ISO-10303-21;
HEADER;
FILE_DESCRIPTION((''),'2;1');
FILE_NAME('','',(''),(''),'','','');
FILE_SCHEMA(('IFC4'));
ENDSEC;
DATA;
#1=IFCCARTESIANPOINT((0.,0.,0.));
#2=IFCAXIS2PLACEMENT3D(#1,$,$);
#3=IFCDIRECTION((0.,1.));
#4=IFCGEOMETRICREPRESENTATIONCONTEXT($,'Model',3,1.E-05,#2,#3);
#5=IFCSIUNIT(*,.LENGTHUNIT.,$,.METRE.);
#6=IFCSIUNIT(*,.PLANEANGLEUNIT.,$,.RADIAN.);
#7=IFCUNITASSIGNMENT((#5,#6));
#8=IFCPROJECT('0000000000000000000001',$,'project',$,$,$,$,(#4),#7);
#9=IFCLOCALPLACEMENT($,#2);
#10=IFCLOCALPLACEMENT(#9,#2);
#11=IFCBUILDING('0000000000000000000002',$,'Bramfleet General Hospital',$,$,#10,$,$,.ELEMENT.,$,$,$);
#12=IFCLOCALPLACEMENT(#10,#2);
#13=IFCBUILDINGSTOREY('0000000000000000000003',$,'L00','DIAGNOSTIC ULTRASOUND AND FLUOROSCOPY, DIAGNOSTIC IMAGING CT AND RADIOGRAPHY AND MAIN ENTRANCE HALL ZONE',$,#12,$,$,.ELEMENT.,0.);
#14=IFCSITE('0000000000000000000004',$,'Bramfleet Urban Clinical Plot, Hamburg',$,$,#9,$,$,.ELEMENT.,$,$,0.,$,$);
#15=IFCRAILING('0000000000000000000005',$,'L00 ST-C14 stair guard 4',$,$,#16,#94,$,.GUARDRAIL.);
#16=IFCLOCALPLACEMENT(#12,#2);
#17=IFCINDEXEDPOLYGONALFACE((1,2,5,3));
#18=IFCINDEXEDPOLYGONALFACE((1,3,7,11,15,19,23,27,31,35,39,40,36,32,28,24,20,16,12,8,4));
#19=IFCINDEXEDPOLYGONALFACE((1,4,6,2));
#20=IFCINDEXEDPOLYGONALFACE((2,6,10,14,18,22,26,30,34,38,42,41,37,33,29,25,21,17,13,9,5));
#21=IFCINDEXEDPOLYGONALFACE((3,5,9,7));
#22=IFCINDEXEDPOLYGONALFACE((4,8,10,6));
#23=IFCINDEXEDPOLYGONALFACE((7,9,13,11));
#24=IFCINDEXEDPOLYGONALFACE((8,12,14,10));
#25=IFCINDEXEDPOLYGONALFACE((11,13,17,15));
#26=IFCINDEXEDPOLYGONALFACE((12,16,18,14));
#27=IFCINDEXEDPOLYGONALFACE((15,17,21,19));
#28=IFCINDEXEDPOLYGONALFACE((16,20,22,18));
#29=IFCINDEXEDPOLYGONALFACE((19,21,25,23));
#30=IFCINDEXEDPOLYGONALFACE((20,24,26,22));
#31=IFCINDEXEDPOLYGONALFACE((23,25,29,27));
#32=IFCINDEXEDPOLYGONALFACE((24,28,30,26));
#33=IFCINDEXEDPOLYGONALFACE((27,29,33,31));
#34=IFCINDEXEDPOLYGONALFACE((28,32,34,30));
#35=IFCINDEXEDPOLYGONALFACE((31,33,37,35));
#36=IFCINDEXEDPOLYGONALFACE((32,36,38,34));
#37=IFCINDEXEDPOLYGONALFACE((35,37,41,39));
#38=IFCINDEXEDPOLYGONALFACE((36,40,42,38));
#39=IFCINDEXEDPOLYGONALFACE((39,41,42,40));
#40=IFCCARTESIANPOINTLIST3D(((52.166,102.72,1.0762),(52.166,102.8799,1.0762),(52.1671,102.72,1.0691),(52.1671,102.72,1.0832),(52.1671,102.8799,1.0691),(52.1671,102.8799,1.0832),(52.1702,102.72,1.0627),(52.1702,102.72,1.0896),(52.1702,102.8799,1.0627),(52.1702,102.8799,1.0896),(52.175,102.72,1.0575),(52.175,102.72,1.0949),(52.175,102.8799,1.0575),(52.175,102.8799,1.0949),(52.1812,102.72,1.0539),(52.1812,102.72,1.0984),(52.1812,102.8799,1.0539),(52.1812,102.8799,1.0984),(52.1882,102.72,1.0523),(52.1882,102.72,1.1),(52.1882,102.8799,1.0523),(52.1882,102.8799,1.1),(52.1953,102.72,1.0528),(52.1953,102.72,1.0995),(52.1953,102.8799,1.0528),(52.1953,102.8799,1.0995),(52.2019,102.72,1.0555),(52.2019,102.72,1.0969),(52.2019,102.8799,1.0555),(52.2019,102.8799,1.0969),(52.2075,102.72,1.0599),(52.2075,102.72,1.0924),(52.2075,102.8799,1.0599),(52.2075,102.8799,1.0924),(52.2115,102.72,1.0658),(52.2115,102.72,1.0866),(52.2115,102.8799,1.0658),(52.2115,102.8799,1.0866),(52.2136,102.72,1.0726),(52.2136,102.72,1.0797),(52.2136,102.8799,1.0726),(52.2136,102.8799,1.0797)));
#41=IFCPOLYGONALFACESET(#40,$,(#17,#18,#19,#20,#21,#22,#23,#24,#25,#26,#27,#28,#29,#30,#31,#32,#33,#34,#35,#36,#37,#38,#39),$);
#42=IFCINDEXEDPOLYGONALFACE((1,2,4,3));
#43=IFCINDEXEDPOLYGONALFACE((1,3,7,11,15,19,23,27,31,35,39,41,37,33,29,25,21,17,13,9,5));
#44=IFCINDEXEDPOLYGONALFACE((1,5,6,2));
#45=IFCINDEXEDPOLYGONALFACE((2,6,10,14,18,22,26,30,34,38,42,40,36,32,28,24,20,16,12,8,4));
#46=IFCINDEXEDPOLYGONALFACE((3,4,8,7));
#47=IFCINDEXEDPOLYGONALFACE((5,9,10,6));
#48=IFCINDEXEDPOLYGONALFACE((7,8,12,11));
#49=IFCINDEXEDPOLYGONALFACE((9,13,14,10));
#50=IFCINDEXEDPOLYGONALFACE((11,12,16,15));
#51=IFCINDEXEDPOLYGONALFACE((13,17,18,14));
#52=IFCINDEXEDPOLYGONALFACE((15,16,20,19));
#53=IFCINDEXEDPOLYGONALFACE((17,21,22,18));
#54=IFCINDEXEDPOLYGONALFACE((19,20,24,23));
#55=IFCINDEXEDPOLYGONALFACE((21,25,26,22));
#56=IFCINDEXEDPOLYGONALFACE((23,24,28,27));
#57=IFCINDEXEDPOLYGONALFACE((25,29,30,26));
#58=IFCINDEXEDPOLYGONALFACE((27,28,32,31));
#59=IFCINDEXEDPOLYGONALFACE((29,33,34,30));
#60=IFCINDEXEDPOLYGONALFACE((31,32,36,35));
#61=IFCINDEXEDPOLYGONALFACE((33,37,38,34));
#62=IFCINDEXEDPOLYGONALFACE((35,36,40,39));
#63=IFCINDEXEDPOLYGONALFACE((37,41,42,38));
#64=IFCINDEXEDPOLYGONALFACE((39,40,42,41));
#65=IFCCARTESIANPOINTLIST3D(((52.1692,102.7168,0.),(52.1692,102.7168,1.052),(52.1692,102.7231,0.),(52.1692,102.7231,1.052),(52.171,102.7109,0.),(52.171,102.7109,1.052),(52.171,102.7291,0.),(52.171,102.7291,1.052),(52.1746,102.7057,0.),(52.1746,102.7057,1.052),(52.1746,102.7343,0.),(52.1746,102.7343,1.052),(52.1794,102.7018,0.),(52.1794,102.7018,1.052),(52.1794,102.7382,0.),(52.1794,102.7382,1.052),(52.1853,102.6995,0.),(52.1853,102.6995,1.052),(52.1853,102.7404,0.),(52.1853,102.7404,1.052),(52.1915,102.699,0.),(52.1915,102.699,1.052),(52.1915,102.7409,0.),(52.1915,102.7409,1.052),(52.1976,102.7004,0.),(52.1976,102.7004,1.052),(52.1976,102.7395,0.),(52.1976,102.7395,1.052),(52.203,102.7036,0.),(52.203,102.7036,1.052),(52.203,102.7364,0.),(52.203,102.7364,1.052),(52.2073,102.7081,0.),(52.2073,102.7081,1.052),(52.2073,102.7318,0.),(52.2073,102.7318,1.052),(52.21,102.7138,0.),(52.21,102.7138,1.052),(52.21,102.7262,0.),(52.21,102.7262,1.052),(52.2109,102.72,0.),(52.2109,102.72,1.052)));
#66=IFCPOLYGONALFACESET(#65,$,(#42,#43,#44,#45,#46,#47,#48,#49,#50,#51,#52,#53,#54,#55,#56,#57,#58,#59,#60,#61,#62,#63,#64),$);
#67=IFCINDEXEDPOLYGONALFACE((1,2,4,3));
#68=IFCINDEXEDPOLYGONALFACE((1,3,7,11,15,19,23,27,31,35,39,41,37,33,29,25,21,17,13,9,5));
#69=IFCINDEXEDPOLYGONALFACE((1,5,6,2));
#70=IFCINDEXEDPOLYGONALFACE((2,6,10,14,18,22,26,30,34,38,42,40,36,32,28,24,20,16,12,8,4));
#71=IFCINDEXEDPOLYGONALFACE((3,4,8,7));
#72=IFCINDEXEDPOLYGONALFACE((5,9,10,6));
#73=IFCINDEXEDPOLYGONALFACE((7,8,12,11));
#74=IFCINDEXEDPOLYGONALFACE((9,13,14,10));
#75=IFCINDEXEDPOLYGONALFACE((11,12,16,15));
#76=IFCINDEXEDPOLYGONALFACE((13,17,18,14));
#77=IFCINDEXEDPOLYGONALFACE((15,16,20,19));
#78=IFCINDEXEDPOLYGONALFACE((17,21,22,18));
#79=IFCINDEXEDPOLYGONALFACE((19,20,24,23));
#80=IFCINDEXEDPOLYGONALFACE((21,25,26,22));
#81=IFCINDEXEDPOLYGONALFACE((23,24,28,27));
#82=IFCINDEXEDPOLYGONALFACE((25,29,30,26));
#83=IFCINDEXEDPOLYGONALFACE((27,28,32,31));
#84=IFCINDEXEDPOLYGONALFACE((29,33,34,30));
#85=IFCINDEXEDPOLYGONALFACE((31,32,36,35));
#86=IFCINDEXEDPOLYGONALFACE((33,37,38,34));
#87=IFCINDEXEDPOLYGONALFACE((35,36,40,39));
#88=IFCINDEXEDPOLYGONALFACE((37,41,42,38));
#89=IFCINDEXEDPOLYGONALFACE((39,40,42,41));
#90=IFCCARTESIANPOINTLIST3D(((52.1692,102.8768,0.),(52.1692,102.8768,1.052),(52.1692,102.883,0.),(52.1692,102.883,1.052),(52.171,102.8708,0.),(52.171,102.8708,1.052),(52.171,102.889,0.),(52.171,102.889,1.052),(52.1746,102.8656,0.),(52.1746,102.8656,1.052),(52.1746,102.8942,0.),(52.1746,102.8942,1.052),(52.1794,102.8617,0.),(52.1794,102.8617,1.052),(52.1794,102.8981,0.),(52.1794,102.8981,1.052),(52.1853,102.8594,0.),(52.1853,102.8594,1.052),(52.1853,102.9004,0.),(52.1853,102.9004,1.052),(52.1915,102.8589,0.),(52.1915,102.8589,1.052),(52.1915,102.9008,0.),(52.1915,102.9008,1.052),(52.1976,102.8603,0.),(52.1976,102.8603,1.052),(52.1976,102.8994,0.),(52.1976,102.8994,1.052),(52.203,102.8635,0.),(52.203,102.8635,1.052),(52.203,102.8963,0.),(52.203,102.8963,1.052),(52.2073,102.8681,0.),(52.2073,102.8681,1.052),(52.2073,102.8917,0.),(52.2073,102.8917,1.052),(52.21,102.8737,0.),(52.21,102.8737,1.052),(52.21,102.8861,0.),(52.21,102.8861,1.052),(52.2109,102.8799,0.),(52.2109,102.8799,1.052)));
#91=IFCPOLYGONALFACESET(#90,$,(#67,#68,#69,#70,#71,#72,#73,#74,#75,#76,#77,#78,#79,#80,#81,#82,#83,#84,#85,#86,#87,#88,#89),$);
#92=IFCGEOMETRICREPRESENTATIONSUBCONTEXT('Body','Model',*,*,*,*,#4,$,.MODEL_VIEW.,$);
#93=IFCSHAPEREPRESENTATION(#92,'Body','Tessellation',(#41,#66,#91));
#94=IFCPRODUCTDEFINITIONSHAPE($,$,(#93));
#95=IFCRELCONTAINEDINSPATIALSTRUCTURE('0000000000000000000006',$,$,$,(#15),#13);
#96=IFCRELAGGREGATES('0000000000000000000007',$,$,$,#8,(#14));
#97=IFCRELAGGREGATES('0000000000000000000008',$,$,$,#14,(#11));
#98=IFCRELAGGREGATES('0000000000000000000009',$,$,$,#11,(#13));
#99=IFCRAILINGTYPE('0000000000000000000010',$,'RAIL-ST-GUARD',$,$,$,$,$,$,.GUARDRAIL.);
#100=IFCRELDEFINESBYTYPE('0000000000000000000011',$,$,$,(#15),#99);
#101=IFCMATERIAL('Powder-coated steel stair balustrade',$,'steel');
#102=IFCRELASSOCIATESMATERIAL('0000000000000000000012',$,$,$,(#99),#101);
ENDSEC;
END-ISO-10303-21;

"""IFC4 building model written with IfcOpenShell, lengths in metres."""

from ifc_helpers import new_model, si_unit, direction, frame, origin, origin_2d, place, context, subcontext, project, spatial, circle, extrude, material, type_object, element, save


model = new_model("IFC4")

# Units and contexts
model_context = context("Model", 3, precision=1e-05, world=origin(), true_north=direction((0.0, 1.0)))
body_context = subcontext(model_context, "Body", "Model", "MODEL_VIEW")
ifc_project = project(units=[si_unit("LENGTHUNIT", "METRE"), si_unit("PLANEANGLEUNIT", "RADIAN")], contexts=[model_context])

# Site, building, storey
site_placement = place(None, origin())
site = spatial("IfcSite", under=ifc_project, at=site_placement, Name="Bramfleet Urban Clinical Plot, Hamburg", CompositionType="ELEMENT", RefElevation=0.0)
building_placement = place(site_placement, origin())
building = spatial("IfcBuilding", under=site, at=building_placement, Name="Bramfleet General Hospital", CompositionType="ELEMENT")
storey_placement = place(building_placement, origin())
storey = spatial("IfcBuildingStorey", under=building, at=storey_placement, Name="L00", Description="DIAGNOSTIC ULTRASOUND AND FLUOROSCOPY, DIAGNOSTIC IMAGING CT AND RADIOGRAPHY AND MAIN ENTRANCE HALL ZONE", CompositionType="ELEMENT", Elevation=0.0)

# Railing
ifc_material_1 = material(Name="Powder-coated steel stair balustrade", Category="steel")
railing_type_1 = type_object("IfcRailingType", Name="RAIL-ST-GUARD", PredefinedType="GUARDRAIL", material=ifc_material_1)
railing_1_placement = place(storey_placement, frame((52.1899, 102.72, 0.0)))
element("IfcRailing", 1, at=railing_1_placement, inside=storey, type_object=railing_type_1, Name="L00 ST-C14 stair guard 4", PredefinedType="GUARDRAIL", context=body_context, shape_type="SweptSolid", body=[
    extrude(circle(Radius=0.0239, at=origin_2d()), frame((0.0, 0.0, 1.0762), z_axis=(0.0, 1.0, 0.0), x_axis=(-1.0, 0.0, 0.0)), (0.0, 0.0, 1.0), 0.1599),
    extrude(circle(Radius=0.021, at=origin_2d()), origin(), (0.0, 0.0, 1.0), 1.052),
    extrude(circle(Radius=0.021, at=origin_2d()), frame((0.0, 0.1599, 0.0)), (0.0, 0.0, 1.0), 1.052),
])

save(model, "model.ifc")
